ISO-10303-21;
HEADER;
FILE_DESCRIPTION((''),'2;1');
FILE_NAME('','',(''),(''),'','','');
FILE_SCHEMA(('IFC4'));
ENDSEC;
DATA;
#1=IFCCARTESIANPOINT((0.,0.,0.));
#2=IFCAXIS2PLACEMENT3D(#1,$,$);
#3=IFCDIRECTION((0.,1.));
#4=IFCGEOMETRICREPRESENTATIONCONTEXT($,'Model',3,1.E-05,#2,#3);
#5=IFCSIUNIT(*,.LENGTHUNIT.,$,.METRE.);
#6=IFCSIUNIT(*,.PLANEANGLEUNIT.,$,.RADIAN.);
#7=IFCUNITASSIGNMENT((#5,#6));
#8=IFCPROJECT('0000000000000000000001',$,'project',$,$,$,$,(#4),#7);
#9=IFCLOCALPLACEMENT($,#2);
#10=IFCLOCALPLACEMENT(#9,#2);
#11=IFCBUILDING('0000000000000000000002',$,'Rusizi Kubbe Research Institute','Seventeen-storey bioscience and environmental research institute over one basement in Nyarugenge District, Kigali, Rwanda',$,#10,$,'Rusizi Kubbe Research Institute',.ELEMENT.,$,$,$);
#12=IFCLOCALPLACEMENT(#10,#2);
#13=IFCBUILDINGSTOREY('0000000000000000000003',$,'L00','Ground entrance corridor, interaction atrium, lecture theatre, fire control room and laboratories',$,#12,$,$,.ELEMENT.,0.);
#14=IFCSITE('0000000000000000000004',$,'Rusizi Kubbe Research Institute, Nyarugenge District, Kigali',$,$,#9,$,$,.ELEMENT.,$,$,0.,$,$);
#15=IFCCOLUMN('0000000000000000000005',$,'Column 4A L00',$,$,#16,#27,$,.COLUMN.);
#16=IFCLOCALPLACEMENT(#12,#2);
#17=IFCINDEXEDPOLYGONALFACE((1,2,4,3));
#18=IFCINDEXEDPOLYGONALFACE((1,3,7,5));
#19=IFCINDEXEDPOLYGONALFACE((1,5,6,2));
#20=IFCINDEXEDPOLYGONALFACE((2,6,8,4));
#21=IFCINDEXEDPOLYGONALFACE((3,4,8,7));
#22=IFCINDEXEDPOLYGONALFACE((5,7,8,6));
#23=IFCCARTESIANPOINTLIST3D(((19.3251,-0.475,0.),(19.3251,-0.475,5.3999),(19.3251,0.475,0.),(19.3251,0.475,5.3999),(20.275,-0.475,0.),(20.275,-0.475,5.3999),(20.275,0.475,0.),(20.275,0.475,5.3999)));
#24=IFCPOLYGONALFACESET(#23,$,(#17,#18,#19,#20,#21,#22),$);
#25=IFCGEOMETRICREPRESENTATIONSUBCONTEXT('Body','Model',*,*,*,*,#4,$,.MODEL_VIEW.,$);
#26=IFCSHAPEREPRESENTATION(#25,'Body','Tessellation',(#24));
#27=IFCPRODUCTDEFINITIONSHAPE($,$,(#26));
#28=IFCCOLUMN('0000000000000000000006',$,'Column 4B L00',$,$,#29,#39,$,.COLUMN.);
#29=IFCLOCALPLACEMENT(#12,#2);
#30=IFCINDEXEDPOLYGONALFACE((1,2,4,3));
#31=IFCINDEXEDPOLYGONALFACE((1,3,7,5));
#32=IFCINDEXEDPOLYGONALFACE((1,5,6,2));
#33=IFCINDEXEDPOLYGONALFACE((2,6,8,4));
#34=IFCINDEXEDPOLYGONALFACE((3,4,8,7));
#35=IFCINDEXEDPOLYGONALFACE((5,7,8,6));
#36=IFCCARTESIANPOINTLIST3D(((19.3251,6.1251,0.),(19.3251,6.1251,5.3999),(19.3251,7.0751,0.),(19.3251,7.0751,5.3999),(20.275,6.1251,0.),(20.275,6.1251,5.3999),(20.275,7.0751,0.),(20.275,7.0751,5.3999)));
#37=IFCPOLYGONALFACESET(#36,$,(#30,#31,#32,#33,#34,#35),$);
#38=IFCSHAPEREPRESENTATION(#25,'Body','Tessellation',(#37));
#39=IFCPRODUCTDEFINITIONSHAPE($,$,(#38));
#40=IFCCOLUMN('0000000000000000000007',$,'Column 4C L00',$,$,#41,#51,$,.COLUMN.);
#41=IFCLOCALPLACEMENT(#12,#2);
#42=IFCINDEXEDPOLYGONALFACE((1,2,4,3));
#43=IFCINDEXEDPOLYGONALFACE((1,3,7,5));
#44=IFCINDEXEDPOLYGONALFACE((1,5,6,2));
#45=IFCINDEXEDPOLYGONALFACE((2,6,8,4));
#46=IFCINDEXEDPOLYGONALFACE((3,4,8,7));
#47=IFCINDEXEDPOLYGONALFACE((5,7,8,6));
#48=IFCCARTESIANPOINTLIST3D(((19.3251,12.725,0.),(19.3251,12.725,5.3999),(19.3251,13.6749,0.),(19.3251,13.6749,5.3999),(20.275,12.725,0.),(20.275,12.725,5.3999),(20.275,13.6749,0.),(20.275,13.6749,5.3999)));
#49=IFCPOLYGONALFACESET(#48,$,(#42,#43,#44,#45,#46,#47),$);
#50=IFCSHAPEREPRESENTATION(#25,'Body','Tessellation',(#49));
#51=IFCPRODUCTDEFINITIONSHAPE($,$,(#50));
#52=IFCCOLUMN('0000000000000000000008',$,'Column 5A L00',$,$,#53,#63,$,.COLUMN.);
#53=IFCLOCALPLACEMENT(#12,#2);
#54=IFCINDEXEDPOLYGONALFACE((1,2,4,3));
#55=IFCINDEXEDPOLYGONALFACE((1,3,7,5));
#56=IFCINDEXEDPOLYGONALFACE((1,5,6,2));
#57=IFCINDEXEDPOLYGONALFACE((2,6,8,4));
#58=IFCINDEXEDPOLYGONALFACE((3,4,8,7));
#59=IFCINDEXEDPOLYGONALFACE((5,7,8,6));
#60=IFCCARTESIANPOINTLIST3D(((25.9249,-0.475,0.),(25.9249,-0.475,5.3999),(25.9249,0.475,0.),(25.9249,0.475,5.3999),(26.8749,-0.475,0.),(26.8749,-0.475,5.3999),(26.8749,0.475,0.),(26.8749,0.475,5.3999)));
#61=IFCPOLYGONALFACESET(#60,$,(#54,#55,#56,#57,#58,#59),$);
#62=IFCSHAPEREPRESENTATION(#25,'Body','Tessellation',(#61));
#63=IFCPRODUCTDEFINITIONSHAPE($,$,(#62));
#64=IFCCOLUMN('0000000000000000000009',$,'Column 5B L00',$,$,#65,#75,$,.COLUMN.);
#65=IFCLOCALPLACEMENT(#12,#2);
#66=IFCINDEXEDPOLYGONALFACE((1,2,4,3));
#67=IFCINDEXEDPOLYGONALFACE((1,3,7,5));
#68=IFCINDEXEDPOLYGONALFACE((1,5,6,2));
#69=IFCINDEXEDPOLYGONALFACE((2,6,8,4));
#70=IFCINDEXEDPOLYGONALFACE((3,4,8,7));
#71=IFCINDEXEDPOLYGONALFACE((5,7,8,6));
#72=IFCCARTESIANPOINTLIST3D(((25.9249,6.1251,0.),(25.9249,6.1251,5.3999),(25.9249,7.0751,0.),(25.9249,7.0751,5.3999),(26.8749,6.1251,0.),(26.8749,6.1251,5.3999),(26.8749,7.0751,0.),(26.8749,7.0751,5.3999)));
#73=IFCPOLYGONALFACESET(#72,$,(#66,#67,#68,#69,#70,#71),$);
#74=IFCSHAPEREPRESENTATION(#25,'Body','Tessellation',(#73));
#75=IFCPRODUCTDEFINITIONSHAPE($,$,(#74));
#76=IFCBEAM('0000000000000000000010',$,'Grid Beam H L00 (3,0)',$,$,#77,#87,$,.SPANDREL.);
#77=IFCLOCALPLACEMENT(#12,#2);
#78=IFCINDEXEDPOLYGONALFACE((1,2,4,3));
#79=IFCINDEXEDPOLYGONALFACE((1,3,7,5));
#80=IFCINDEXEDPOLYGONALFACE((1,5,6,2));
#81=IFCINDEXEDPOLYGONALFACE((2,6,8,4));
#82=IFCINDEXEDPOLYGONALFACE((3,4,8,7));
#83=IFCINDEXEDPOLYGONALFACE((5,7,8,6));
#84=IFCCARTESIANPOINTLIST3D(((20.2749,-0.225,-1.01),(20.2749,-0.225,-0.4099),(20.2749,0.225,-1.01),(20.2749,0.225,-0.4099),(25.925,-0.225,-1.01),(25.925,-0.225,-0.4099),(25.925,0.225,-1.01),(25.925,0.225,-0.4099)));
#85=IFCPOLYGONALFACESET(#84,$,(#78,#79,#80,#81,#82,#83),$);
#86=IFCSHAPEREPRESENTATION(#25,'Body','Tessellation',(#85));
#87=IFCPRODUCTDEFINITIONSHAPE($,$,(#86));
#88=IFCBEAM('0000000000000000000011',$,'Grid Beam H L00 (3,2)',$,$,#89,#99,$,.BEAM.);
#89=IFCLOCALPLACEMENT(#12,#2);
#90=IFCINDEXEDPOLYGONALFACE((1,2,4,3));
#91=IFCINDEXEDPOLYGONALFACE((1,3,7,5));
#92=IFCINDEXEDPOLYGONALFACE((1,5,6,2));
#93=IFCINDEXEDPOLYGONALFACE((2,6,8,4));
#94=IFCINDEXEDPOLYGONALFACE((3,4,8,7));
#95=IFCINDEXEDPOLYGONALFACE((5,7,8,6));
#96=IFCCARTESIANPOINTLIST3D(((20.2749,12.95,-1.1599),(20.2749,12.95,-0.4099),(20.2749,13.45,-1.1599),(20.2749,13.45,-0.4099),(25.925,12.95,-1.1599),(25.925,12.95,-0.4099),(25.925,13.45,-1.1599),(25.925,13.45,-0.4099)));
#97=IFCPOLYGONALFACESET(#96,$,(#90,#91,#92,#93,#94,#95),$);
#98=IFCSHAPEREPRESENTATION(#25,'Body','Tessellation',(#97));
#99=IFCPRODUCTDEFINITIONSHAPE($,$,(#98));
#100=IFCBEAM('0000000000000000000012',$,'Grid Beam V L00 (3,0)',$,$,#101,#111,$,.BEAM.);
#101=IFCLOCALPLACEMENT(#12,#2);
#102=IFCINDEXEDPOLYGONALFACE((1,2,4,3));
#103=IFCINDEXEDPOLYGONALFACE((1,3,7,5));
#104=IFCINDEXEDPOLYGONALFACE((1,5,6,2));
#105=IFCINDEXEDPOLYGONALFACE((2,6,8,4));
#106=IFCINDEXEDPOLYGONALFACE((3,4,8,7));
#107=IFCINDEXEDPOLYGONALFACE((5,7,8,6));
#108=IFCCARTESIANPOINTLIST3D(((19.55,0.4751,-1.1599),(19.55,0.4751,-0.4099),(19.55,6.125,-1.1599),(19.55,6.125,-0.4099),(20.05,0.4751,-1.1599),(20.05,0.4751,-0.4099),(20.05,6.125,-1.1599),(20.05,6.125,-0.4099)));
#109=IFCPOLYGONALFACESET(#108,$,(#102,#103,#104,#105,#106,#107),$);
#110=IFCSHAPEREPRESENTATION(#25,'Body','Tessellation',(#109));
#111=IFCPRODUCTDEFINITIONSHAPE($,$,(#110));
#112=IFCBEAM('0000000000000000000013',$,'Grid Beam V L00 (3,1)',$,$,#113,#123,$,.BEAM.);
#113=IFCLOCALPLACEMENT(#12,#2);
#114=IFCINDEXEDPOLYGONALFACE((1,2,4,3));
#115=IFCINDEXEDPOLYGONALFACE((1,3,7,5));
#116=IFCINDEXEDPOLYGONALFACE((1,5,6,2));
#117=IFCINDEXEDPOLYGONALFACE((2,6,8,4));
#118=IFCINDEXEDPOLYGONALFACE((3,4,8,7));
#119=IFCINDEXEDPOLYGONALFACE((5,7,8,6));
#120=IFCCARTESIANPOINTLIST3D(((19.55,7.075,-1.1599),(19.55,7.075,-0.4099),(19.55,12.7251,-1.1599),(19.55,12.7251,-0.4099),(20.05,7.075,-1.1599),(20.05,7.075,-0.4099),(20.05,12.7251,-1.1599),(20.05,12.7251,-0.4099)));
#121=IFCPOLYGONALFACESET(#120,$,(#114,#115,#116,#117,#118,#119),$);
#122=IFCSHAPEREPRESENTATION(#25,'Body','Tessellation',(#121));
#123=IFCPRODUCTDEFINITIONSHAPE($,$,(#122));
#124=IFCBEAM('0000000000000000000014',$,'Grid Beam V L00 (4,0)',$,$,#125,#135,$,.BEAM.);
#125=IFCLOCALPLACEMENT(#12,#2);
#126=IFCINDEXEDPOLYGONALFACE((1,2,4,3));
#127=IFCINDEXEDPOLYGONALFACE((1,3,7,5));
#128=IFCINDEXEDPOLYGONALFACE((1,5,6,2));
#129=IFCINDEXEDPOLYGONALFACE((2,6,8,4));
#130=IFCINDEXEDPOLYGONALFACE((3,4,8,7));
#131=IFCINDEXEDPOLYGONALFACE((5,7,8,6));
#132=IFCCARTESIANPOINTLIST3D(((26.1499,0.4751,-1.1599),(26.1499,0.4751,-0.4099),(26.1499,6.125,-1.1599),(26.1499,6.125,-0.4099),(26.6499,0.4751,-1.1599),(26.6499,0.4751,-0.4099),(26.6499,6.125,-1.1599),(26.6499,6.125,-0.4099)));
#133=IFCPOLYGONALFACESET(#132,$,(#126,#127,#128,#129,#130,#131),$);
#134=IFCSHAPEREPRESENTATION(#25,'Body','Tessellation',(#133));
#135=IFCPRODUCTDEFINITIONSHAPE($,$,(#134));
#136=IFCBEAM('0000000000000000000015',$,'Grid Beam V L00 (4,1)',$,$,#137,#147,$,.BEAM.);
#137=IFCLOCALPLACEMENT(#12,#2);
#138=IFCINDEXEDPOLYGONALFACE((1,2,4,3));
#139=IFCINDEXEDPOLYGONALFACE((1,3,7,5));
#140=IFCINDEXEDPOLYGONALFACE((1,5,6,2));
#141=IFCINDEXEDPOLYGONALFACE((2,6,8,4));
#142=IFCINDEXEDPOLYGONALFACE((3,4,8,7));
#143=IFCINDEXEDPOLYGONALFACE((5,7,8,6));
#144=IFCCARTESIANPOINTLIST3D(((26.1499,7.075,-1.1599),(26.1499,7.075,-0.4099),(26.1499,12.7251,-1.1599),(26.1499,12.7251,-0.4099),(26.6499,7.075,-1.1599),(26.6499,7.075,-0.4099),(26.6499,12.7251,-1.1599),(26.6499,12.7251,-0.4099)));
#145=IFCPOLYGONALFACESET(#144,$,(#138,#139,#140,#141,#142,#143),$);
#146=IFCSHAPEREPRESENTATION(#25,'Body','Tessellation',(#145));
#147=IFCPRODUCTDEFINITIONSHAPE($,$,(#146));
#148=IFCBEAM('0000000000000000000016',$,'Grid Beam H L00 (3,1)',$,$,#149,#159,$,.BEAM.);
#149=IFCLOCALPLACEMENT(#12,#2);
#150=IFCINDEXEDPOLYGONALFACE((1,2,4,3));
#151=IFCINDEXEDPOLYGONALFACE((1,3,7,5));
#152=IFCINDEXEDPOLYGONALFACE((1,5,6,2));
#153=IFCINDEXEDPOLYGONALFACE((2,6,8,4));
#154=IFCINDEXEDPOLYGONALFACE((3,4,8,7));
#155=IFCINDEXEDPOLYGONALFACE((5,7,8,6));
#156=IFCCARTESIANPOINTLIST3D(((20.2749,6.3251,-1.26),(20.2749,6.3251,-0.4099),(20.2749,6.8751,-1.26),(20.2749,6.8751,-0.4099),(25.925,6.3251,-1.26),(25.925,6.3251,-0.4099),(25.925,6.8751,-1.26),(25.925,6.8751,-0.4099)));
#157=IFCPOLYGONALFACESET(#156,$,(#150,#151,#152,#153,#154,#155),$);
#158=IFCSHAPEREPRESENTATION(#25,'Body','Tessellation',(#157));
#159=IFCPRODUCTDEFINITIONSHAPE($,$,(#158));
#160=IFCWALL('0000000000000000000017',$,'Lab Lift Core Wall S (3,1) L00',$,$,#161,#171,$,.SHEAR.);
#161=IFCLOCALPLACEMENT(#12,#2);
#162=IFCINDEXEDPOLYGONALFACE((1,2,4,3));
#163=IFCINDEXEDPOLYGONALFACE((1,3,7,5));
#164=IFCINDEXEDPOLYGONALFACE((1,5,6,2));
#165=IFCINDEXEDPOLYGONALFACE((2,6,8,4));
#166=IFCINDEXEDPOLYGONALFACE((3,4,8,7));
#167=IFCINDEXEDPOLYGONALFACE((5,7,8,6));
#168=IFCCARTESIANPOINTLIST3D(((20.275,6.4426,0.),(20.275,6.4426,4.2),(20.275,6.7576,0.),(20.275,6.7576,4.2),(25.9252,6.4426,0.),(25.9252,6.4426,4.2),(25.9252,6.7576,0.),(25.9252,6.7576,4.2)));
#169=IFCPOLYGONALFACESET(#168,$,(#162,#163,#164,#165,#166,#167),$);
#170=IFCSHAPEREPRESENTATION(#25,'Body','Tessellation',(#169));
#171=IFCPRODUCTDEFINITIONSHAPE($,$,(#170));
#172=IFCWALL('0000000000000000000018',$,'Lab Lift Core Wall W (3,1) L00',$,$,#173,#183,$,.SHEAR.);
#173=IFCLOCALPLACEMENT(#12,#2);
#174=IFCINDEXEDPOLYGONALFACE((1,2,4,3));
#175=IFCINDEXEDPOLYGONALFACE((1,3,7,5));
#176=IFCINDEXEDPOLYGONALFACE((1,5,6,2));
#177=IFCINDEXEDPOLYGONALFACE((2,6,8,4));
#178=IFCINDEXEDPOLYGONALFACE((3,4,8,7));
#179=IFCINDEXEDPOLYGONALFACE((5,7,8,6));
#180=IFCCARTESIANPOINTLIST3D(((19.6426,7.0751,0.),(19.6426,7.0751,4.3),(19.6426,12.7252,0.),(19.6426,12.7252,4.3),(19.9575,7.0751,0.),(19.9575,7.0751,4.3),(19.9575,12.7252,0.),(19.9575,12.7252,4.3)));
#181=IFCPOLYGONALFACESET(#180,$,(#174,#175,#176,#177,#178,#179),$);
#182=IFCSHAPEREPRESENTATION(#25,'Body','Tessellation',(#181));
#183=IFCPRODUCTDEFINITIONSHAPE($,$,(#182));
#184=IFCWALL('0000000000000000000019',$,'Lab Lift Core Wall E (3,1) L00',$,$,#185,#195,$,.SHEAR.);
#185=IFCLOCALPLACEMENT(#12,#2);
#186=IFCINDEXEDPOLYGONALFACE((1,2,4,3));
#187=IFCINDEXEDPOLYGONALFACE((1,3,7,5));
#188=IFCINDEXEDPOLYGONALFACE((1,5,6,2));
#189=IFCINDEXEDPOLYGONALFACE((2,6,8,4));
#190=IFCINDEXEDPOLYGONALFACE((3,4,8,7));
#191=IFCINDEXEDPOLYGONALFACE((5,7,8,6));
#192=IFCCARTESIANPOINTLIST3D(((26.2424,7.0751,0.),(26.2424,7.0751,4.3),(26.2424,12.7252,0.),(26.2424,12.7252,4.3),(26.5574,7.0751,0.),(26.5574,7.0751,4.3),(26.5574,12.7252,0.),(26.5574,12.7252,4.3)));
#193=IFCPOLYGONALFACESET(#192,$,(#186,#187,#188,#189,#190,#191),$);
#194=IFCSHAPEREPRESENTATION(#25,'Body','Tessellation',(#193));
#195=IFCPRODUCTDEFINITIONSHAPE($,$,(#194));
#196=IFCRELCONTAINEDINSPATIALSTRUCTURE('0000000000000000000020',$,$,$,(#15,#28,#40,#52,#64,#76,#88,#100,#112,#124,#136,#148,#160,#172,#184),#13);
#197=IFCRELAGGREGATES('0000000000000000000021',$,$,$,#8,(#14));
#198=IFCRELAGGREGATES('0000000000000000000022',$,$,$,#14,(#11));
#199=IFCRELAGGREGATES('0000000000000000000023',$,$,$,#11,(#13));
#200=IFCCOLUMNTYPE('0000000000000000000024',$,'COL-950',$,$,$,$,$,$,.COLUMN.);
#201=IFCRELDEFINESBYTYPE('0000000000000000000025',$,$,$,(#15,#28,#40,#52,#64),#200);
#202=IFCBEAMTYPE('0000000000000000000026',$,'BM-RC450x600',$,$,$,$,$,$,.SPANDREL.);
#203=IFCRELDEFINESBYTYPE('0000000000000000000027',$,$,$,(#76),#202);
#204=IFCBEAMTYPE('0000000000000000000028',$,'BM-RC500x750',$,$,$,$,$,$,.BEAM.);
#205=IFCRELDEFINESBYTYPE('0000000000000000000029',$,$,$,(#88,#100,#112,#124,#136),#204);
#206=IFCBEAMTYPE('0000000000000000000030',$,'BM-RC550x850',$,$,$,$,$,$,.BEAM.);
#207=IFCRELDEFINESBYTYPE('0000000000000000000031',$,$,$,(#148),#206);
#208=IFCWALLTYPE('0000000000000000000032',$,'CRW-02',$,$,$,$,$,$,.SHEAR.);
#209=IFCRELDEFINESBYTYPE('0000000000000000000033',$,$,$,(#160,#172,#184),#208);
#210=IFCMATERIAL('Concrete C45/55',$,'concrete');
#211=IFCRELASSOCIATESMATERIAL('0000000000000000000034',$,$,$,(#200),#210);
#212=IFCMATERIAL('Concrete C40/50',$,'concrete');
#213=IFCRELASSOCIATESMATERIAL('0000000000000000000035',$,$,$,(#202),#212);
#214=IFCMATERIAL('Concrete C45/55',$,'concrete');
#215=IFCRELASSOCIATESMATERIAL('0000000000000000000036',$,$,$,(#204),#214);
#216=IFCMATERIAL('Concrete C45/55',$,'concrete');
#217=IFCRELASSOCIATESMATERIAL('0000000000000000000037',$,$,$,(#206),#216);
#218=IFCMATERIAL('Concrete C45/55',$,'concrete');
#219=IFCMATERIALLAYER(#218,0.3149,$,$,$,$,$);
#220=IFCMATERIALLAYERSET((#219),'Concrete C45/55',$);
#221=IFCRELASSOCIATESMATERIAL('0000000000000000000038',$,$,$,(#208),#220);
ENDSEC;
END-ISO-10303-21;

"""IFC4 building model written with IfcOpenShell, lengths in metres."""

from ifc_helpers import new_model, si_unit, direction, frame, frame_2d, origin, origin_2d, place, context, subcontext, project, spatial, rectangle, extrude, material, layer, layer_set, material_profile, profile_set, type_object, element, save


model = new_model("IFC4")

# Units and contexts
model_context = context("Model", 3, precision=1e-05, world=origin(), true_north=direction((0.0, 1.0)))
body_context = subcontext(model_context, "Body", "Model", "MODEL_VIEW")
ifc_project = project(units=[si_unit("LENGTHUNIT", "METRE"), si_unit("PLANEANGLEUNIT", "RADIAN")], contexts=[model_context])

# Site, building, storey
site_placement = place(None, origin())
site = spatial("IfcSite", under=ifc_project, at=site_placement, Name="Rusizi Kubbe Research Institute, Nyarugenge District, Kigali", CompositionType="ELEMENT", RefElevation=0.0)
building_placement = place(site_placement, origin())
building = spatial("IfcBuilding", under=site, at=building_placement, Name="Rusizi Kubbe Research Institute", Description="Seventeen-storey bioscience and environmental research institute over one basement in Nyarugenge District, Kigali, Rwanda", LongName="Rusizi Kubbe Research Institute", CompositionType="ELEMENT")
storey_placement = place(building_placement, origin())
storey = spatial("IfcBuildingStorey", under=building, at=storey_placement, Name="L00", Description="Ground entrance corridor, interaction atrium, lecture theatre, fire control room and laboratories", CompositionType="ELEMENT", Elevation=0.0)

# Columns
ifc_material_1 = material(Name="Concrete C45/55", Category="concrete")
ifc_material_profile_1 = material_profile(ifc_material_1, rectangle(XDim=0.95, YDim=0.95, at=origin_2d()), Name="RC950x950")
ifc_profile_set_1 = profile_set([ifc_material_profile_1], Name="Concrete C45/55")
column_type = type_object("IfcColumnType", Name="COL-950", PredefinedType="COLUMN", material=ifc_profile_set_1)
for number, where, z_axis, x_axis, name in (
    (1, (19.8, 0.0, 0.0), (0.0, 0.0, 1.0), (1.0, 0.0, 0.0), "Column 4A L00"),
    (2, (19.8, 6.6001, 0.0), (0.0, 0.0, 1.0), (1.0, 0.0, 0.0), "Column 4B L00"),
    (3, (19.8, 13.2, 0.0), (0.0, 0.0, 1.0), (1.0, 0.0, 0.0), "Column 4C L00"),
    (4, (26.3999, 0.0, 0.0), (0.0, 0.0, 1.0), (1.0, 0.0, 0.0), "Column 5A L00"),
    (5, (26.3999, 6.6001, 0.0), (0.0, 0.0, 1.0), (1.0, 0.0, 0.0), "Column 5B L00"),
):
    element("IfcColumn", number, at=place(storey_placement, frame(where, z_axis=z_axis, x_axis=x_axis)), inside=storey, type_object=column_type, Name=name, PredefinedType="COLUMN", context=body_context, shape_type="SweptSolid", body=[
        extrude(rectangle(XDim=0.95, YDim=0.95, at=origin_2d()), origin(), (0.0, 0.0, 1.0), 5.3999),
    ])

# Beams
ifc_material_2 = material(Name="Concrete C40/50", Category="concrete")
ifc_material_profile_2 = material_profile(ifc_material_2, rectangle(XDim=0.45, YDim=0.6001, at=origin_2d()), Name="RC450x600")
ifc_profile_set_2 = profile_set([ifc_material_profile_2], Name="Concrete C40/50")
beam_type_1 = type_object("IfcBeamType", Name="BM-RC450x600", PredefinedType="SPANDREL", material=ifc_profile_set_2)
beam_1_placement = place(storey_placement, frame((20.2749, 0.0, -0.71), z_axis=(1.0, 0.0, 0.0), x_axis=(0.0, 1.0, 0.0)))
element("IfcBeam", 6, at=beam_1_placement, inside=storey, type_object=beam_type_1, Name="Grid Beam H L00 (3,0)", PredefinedType="SPANDREL", context=body_context, shape_type="SweptSolid", body=[
    extrude(rectangle(XDim=0.45, YDim=0.6001, at=origin_2d()), origin(), (0.0, 0.0, 1.0), 5.6501),
])
ifc_material_3 = material(Name="Concrete C45/55", Category="concrete")
ifc_material_profile_3 = material_profile(ifc_material_3, rectangle(XDim=0.5, YDim=0.75, at=origin_2d()), Name="RC500x750B")
ifc_profile_set_3 = profile_set([ifc_material_profile_3], Name="Concrete C45/55")
beam_type_2 = type_object("IfcBeamType", Name="BM-RC500x750", PredefinedType="BEAM", material=ifc_profile_set_3)
beam_2_placement = place(storey_placement, frame((20.2749, 13.2, -0.7849), z_axis=(1.0, 0.0, 0.0), x_axis=(0.0, 1.0, 0.0)))
element("IfcBeam", 7, at=beam_2_placement, inside=storey, type_object=beam_type_2, Name="Grid Beam H L00 (3,2)", PredefinedType="BEAM", context=body_context, shape_type="SweptSolid", body=[
    extrude(rectangle(XDim=0.5, YDim=0.75, at=origin_2d()), origin(), (0.0, 0.0, 1.0), 5.6501),
])
beam_3_placement = place(storey_placement, frame((19.8, 0.4751, -0.7849), z_axis=(0.0, 1.0, 0.0), x_axis=(-1.0, 0.0, 0.0)))
element("IfcBeam", 8, at=beam_3_placement, inside=storey, type_object=beam_type_2, Name="Grid Beam V L00 (3,0)", PredefinedType="BEAM", context=body_context, shape_type="SweptSolid", body=[
    extrude(rectangle(XDim=0.5, YDim=0.75, at=origin_2d()), origin(), (0.0, 0.0, 1.0), 5.6499),
])
beam_4_placement = place(storey_placement, frame((19.8, 7.075, -0.7849), z_axis=(0.0, 1.0, 0.0), x_axis=(-1.0, 0.0, 0.0)))
element("IfcBeam", 9, at=beam_4_placement, inside=storey, type_object=beam_type_2, Name="Grid Beam V L00 (3,1)", PredefinedType="BEAM", context=body_context, shape_type="SweptSolid", body=[
    extrude(rectangle(XDim=0.5, YDim=0.75, at=origin_2d()), origin(), (0.0, 0.0, 1.0), 5.6501),
])
beam_5_placement = place(storey_placement, frame((26.3999, 0.4751, -0.7849), z_axis=(0.0, 1.0, 0.0), x_axis=(-1.0, 0.0, 0.0)))
element("IfcBeam", 10, at=beam_5_placement, inside=storey, type_object=beam_type_2, Name="Grid Beam V L00 (4,0)", PredefinedType="BEAM", context=body_context, shape_type="SweptSolid", body=[
    extrude(rectangle(XDim=0.5, YDim=0.75, at=origin_2d()), origin(), (0.0, 0.0, 1.0), 5.6499),
])
beam_6_placement = place(storey_placement, frame((26.3999, 7.075, -0.7849), z_axis=(0.0, 1.0, 0.0), x_axis=(-1.0, 0.0, 0.0)))
element("IfcBeam", 11, at=beam_6_placement, inside=storey, type_object=beam_type_2, Name="Grid Beam V L00 (4,1)", PredefinedType="BEAM", context=body_context, shape_type="SweptSolid", body=[
    extrude(rectangle(XDim=0.5, YDim=0.75, at=origin_2d()), origin(), (0.0, 0.0, 1.0), 5.6501),
])
ifc_material_4 = material(Name="Concrete C45/55", Category="concrete")
ifc_material_profile_4 = material_profile(ifc_material_4, rectangle(XDim=0.55, YDim=0.8501, at=origin_2d()), Name="RC550x850")
ifc_profile_set_4 = profile_set([ifc_material_profile_4], Name="Concrete C45/55")
beam_type_3 = type_object("IfcBeamType", Name="BM-RC550x850", PredefinedType="BEAM", material=ifc_profile_set_4)
beam_7_placement = place(storey_placement, frame((20.2749, 6.6001, -0.835), z_axis=(1.0, 0.0, 0.0), x_axis=(0.0, 1.0, 0.0)))
element("IfcBeam", 12, at=beam_7_placement, inside=storey, type_object=beam_type_3, Name="Grid Beam H L00 (3,1)", PredefinedType="BEAM", context=body_context, shape_type="SweptSolid", body=[
    extrude(rectangle(XDim=0.55, YDim=0.8501, at=origin_2d()), origin(), (0.0, 0.0, 1.0), 5.6501),
])

# Walls
ifc_material_5 = material(Name="Concrete C45/55", Category="concrete")
ifc_layer_1 = layer(ifc_material_5, 0.3149)
ifc_layer_set_1 = layer_set([ifc_layer_1], Name="Concrete C45/55")
wall_type_1 = type_object("IfcWallType", Name="CRW-02", PredefinedType="SHEAR", material=ifc_layer_set_1)
wall_1_placement = place(storey_placement, frame((20.2749, 6.6001, 0.0), z_axis=(0.0, 0.0, 1.0), x_axis=(1.0, 0.0, 0.0)))
element("IfcWall", 13, at=wall_1_placement, inside=storey, type_object=wall_type_1, Name="Lab Lift Core Wall S (3,1) L00", PredefinedType="SHEAR", context=body_context, shape_type="SweptSolid", body=[
    extrude(rectangle(XDim=5.6501, YDim=0.3149, at=frame_2d((2.8252, 0.0))), origin(), (0.0, 0.0, 1.0), 4.2),
])
for number, where, z_axis, x_axis, name in (
    (14, (19.8, 7.075, 0.0), (0.0, 0.0, 1.0), (0.0, 1.0, 0.0), "Lab Lift Core Wall W (3,1) L00"),
    (15, (26.3999, 7.075, 0.0), (0.0, 0.0, 1.0), (0.0, 1.0, 0.0), "Lab Lift Core Wall E (3,1) L00"),
):
    element("IfcWall", number, at=place(storey_placement, frame(where, z_axis=z_axis, x_axis=x_axis)), inside=storey, type_object=wall_type_1, Name=name, PredefinedType="SHEAR", context=body_context, shape_type="SweptSolid", body=[
        extrude(rectangle(XDim=5.6501, YDim=0.3149, at=frame_2d((2.8252, 0.0))), origin(), (0.0, 0.0, 1.0), 4.3),
    ])

save(model, "model.ifc")
